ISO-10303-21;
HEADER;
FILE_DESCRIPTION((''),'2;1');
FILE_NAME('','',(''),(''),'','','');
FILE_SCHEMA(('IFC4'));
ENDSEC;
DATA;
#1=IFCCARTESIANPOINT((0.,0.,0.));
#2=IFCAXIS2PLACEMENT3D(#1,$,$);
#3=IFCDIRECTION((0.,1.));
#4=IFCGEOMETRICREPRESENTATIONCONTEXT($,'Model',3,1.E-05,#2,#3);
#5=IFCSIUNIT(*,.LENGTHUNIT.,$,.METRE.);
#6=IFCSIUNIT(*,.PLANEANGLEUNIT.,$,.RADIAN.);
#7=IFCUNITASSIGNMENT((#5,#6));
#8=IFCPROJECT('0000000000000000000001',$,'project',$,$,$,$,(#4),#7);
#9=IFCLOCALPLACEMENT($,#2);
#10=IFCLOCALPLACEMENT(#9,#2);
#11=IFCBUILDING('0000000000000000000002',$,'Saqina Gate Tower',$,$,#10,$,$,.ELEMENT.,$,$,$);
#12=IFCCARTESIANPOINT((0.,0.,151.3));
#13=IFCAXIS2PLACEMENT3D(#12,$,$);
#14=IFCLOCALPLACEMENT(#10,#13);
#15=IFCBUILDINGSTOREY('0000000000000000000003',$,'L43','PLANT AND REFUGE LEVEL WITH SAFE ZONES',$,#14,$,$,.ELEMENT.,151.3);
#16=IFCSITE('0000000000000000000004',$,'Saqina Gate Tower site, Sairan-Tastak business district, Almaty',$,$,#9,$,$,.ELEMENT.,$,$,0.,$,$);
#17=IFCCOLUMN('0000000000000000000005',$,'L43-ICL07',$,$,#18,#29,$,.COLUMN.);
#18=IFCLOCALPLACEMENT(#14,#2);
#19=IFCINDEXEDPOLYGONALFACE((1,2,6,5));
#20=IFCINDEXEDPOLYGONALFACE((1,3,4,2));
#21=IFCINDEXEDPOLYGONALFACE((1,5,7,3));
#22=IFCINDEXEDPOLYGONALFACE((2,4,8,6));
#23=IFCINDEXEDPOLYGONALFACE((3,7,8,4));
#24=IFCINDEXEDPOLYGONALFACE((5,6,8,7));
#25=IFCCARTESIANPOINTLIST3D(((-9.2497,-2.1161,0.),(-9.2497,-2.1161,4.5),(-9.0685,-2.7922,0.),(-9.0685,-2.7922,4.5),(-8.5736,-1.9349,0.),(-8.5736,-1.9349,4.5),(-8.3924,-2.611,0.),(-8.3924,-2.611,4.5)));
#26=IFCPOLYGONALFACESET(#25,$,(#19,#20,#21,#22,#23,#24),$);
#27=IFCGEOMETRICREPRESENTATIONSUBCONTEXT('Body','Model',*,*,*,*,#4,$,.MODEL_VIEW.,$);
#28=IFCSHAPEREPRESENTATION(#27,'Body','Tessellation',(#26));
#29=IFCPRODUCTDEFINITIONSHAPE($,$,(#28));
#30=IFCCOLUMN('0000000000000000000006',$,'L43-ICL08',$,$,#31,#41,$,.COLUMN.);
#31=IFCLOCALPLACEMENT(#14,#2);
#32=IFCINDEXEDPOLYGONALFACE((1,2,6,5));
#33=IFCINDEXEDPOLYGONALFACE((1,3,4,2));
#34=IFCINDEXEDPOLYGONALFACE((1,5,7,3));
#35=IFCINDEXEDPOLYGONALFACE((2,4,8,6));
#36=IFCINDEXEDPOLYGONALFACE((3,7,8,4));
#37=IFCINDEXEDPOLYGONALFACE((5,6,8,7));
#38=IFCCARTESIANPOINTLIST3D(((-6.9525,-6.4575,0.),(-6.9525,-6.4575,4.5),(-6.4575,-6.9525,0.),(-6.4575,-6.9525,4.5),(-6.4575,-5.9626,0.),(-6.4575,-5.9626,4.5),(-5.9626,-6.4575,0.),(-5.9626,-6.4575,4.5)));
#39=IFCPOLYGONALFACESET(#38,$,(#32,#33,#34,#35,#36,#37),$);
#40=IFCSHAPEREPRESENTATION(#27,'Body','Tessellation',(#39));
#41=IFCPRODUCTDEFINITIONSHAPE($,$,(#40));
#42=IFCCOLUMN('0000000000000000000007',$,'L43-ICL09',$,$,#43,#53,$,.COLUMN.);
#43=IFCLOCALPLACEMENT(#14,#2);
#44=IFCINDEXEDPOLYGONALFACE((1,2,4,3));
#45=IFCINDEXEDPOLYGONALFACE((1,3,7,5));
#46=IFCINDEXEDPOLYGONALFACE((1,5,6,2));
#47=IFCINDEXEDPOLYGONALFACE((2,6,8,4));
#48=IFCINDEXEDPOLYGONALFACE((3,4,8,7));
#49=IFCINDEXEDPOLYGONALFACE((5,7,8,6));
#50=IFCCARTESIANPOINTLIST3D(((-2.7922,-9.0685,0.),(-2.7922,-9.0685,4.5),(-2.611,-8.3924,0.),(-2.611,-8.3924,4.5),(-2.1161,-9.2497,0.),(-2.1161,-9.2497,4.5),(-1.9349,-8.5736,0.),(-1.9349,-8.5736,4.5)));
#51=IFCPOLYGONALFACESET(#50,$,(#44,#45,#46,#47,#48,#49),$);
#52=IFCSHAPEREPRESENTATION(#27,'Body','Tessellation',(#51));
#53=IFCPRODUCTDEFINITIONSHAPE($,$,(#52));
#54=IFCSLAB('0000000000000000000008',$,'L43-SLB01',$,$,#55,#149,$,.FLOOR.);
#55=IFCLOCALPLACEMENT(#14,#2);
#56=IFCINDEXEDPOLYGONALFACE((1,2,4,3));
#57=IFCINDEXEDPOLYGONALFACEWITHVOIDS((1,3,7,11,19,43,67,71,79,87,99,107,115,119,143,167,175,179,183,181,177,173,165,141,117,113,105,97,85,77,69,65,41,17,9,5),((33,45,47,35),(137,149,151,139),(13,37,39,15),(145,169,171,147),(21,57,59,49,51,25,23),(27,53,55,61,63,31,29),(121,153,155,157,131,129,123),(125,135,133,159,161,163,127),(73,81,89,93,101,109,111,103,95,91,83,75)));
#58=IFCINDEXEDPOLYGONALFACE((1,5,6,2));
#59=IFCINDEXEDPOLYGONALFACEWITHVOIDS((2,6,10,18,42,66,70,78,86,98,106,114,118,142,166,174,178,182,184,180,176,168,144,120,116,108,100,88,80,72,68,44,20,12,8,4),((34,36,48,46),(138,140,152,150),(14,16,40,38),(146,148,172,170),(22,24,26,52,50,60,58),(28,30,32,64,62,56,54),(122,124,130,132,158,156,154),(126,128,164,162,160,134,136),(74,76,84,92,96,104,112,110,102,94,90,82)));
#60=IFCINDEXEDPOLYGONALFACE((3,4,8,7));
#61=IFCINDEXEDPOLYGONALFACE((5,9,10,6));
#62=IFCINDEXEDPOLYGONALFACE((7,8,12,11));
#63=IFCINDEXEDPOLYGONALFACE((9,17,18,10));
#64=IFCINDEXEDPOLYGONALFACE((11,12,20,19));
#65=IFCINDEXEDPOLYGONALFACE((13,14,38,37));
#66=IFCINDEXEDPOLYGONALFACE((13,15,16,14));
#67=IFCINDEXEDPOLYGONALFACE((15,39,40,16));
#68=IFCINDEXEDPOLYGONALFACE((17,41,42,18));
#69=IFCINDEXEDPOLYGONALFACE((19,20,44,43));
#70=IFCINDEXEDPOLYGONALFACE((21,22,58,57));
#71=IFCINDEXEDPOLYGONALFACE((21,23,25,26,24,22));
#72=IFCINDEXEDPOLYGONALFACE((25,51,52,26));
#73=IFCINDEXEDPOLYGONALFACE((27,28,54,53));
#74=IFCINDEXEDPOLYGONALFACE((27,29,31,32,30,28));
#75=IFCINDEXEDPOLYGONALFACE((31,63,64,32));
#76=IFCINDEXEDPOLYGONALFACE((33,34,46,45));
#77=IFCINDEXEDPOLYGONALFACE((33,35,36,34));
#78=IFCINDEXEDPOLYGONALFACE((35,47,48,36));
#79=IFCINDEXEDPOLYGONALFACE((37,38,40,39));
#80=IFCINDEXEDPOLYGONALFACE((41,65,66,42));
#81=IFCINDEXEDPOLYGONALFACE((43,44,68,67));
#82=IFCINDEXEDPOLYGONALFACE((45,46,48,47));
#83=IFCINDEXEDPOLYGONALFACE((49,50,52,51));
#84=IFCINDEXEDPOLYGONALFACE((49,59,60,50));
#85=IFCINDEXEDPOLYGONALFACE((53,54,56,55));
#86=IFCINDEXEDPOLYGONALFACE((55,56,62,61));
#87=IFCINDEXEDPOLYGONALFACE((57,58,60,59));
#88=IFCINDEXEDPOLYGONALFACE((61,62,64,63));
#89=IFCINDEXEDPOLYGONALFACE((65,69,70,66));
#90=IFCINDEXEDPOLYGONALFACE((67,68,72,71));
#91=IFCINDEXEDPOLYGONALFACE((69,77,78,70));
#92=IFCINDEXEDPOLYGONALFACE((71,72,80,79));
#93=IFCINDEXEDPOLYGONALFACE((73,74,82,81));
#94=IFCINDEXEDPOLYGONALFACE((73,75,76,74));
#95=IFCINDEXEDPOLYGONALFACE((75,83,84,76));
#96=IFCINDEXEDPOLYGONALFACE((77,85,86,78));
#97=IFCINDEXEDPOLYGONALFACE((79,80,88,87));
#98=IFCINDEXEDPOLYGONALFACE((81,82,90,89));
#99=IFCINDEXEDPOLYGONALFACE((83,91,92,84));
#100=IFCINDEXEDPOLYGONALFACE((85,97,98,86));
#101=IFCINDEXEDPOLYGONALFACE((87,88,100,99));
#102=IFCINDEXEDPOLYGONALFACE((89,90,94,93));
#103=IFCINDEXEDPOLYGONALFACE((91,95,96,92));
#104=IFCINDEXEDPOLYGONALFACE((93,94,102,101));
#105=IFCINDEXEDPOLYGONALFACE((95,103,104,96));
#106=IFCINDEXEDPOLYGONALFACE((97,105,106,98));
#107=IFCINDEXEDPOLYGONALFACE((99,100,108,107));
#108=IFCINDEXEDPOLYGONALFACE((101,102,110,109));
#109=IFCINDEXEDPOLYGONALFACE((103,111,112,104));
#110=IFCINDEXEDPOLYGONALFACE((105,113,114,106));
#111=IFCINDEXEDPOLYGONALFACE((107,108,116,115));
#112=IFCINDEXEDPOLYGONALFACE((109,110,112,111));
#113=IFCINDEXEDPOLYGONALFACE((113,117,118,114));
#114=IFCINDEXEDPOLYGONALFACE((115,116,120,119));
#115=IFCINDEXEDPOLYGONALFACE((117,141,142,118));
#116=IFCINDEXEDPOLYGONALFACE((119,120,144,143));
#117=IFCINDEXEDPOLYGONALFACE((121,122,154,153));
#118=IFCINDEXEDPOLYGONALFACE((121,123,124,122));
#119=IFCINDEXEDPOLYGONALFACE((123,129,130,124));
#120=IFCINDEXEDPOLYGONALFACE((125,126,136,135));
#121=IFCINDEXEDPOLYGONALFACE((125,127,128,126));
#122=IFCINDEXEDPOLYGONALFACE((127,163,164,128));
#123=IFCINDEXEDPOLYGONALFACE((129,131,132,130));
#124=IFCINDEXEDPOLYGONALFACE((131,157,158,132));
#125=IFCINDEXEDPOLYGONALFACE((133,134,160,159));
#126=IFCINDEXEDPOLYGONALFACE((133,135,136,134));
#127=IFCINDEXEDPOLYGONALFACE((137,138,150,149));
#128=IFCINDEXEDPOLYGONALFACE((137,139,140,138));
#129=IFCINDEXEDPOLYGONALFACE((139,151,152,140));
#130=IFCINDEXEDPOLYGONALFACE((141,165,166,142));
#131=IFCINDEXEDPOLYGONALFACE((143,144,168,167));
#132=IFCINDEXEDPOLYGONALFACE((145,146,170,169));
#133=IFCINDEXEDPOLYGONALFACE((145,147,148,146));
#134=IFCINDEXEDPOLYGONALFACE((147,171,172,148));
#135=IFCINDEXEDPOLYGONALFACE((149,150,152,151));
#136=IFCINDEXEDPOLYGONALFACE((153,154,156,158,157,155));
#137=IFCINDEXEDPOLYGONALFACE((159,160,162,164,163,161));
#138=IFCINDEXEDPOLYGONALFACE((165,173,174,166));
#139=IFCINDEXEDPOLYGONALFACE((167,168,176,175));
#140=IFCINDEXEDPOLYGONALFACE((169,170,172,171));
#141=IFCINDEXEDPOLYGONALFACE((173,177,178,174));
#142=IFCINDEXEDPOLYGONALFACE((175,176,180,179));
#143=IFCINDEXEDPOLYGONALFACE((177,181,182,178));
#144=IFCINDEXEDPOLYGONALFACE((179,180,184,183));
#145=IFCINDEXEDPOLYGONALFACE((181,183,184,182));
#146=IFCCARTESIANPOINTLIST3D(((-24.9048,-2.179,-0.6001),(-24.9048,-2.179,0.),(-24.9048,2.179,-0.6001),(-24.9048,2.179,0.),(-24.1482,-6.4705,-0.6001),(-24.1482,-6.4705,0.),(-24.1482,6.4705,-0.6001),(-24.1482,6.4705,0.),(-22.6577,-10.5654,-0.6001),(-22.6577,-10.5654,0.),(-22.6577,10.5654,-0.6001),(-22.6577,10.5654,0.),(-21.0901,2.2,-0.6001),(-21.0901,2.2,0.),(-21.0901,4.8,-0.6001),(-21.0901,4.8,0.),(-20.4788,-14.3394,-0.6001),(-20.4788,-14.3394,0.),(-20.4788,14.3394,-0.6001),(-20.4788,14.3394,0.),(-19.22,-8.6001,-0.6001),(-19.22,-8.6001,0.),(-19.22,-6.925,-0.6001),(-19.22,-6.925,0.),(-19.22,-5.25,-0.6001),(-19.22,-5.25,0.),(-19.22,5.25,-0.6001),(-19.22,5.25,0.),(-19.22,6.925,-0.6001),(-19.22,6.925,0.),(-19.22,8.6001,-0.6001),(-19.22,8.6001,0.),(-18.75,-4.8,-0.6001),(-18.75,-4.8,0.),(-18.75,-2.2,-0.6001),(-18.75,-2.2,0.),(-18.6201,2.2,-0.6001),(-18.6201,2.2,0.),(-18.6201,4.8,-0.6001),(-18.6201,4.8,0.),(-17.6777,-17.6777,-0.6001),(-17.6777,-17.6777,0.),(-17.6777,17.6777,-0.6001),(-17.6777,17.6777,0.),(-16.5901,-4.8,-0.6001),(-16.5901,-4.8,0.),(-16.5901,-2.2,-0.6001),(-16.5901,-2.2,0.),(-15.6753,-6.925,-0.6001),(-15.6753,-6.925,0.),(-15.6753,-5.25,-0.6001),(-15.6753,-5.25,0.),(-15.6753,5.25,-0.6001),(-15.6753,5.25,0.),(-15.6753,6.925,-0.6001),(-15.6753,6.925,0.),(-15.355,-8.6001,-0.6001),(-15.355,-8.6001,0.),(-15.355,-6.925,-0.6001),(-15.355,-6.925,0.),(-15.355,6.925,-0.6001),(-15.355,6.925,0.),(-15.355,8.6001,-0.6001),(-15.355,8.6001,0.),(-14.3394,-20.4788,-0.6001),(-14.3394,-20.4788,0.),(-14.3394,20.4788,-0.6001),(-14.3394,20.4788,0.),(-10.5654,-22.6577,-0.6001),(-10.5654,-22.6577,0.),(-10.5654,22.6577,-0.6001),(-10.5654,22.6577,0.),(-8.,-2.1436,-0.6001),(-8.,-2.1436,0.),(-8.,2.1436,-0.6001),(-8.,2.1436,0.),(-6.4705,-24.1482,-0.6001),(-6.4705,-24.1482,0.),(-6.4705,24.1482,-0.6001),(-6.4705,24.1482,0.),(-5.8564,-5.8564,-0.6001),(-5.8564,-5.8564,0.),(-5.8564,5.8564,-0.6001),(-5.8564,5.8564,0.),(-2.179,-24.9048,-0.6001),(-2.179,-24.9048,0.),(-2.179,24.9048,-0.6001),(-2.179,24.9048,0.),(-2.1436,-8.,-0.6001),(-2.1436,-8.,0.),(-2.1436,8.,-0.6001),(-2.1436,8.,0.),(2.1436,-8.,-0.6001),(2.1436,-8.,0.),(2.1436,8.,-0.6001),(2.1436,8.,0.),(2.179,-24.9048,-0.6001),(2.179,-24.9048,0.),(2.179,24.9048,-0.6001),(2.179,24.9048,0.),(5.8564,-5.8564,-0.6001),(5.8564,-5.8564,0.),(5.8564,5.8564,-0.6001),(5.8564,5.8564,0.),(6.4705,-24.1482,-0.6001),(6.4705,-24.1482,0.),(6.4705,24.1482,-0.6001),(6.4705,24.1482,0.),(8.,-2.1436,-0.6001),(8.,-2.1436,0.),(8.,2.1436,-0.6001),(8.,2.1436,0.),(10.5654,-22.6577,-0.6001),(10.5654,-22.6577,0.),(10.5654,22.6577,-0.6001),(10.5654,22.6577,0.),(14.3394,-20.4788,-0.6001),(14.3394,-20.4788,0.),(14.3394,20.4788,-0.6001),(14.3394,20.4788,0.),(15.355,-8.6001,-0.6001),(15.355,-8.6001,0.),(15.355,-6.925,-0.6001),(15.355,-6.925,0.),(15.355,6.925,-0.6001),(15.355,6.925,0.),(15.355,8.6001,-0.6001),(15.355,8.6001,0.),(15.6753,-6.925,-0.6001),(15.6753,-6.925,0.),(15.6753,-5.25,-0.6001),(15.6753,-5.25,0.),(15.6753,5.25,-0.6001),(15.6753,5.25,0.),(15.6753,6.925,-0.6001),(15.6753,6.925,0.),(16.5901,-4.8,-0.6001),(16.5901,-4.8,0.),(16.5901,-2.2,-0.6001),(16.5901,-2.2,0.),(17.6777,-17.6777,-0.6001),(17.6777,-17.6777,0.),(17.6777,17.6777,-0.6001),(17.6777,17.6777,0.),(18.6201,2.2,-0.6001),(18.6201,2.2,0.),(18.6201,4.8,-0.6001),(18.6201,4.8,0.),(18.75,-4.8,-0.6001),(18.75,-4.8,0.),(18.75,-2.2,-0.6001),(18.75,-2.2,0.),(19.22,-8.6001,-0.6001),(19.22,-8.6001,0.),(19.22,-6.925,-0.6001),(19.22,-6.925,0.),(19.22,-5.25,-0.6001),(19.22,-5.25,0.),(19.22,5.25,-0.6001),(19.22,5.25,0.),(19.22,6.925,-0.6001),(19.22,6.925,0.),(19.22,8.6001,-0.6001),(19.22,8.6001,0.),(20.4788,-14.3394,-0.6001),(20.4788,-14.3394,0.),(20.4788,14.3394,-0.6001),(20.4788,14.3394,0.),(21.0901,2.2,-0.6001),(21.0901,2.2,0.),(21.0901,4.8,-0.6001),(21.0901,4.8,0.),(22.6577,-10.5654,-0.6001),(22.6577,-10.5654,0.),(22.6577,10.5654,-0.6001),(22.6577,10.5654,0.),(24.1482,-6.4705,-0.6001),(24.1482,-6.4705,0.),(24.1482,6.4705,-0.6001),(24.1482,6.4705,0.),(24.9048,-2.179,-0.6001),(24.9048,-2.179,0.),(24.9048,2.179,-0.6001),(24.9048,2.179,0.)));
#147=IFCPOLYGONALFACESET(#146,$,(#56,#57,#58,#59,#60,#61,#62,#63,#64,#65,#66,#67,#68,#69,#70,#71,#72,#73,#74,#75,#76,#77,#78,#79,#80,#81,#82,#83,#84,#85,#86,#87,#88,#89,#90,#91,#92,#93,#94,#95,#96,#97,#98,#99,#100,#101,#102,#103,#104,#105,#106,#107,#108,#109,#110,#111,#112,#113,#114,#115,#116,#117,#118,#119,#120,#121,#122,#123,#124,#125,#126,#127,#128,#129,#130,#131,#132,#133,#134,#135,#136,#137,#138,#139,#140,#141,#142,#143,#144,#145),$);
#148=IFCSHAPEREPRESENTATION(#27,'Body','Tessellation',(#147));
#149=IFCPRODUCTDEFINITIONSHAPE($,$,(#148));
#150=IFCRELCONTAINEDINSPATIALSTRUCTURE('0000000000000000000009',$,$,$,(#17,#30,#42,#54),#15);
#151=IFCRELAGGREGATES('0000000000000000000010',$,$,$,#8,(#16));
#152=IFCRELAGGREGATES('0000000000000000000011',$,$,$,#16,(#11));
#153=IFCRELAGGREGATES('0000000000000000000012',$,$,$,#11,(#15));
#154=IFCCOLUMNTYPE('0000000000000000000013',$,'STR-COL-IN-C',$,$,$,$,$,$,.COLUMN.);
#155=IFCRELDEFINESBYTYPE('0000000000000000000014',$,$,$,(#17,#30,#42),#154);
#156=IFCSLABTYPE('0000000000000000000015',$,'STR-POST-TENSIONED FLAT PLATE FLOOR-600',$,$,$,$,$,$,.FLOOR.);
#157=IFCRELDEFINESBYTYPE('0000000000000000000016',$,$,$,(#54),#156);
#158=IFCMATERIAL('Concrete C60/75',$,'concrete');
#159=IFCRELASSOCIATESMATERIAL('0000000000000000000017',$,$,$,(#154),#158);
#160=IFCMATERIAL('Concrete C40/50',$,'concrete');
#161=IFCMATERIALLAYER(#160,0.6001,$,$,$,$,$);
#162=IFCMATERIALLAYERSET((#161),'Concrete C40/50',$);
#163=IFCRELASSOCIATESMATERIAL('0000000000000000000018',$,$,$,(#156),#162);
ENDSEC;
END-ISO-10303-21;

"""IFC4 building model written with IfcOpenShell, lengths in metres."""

from ifc_helpers import new_model, si_unit, direction, frame, origin, origin_2d, place, context, subcontext, project, spatial, polyline, rectangle, outline, extrude, material, layer, layer_set, material_profile, profile_set, type_object, element, save


model = new_model("IFC4")

# Units and contexts
model_context = context("Model", 3, precision=1e-05, world=origin(), true_north=direction((0.0, 1.0)))
body_context = subcontext(model_context, "Body", "Model", "MODEL_VIEW")
ifc_project = project(units=[si_unit("LENGTHUNIT", "METRE"), si_unit("PLANEANGLEUNIT", "RADIAN")], contexts=[model_context])

# Site, building, storey
site_placement = place(None, origin())
site = spatial("IfcSite", under=ifc_project, at=site_placement, Name="Saqina Gate Tower site, Sairan-Tastak business district, Almaty", CompositionType="ELEMENT", RefElevation=0.0)
building_placement = place(site_placement, origin())
building = spatial("IfcBuilding", under=site, at=building_placement, Name="Saqina Gate Tower", CompositionType="ELEMENT")
storey_placement = place(building_placement, frame((0.0, 0.0, 151.3)))
storey = spatial("IfcBuildingStorey", under=building, at=storey_placement, Name="L43", Description="PLANT AND REFUGE LEVEL WITH SAFE ZONES", CompositionType="ELEMENT", Elevation=151.3)

# Columns
ifc_material_1 = material(Name="Concrete C60/75", Category="concrete")
ifc_material_profile = material_profile(ifc_material_1, rectangle(XDim=0.7, YDim=0.7, at=origin_2d()), Name="RC 700x700")
ifc_profile_set = profile_set([ifc_material_profile], Name="Concrete C60/75")
column_type = type_object("IfcColumnType", Name="STR-COL-IN-C", PredefinedType="COLUMN", material=ifc_profile_set)
for number, where, z_axis, x_axis, name in (
    (1, (-8.821, -2.3635, 0.0), (0.0, 0.0, 1.0), (-0.965926, -0.258819, 0.0), "L43-ICL07"),
    (2, (-6.4575, -6.4575, 0.0), (0.0, 0.0, 1.0), (-0.707107, -0.707107, 0.0), "L43-ICL08"),
    (3, (-2.3635, -8.821, 0.0), (0.0, 0.0, 1.0), (-0.258819, -0.965926, 0.0), "L43-ICL09"),
):
    element("IfcColumn", number, at=place(storey_placement, frame(where, z_axis=z_axis, x_axis=x_axis)), inside=storey, type_object=column_type, Name=name, PredefinedType="COLUMN", context=body_context, shape_type="SweptSolid", body=[
        extrude(rectangle(XDim=0.7, YDim=0.7, at=origin_2d()), origin(), (0.0, 0.0, 1.0), 4.5),
    ])

# Slab
ifc_material_2 = material(Name="Concrete C40/50", Category="concrete")
ifc_layer_1 = layer(ifc_material_2, 0.6001)
ifc_layer_set_1 = layer_set([ifc_layer_1], Name="Concrete C40/50")
slab_type_1 = type_object("IfcSlabType", Name="STR-POST-TENSIONED FLAT PLATE FLOOR-600", PredefinedType="FLOOR", material=ifc_layer_set_1)
slab_1_placement = place(storey_placement, frame((0.0, 0.0, -0.6001)))
element("IfcSlab", 4, at=slab_1_placement, inside=storey, type_object=slab_type_1, Name="L43-SLB01", PredefinedType="FLOOR", context=body_context, shape_type="SweptSolid", body=[
    extrude(outline(polyline([(24.1482, -6.4705), (24.9048, -2.179), (24.9048, 2.179), (24.1482, 6.4705), (22.6577, 10.5654), (20.4788, 14.3394), (17.6777, 17.6777), (14.3394, 20.4788), (10.5654, 22.6577), (6.4705, 24.1482), (2.179, 24.9048), (-2.179, 24.9048), (-6.4705, 24.1482), (-10.5654, 22.6577), (-14.3394, 20.4788), (-17.6777, 17.6777), (-20.4788, 14.3394), (-22.6577, 10.5654), (-24.1482, 6.4705), (-24.9048, 2.179), (-24.9048, -2.179), (-24.1482, -6.4705), (-22.6577, -10.5654), (-20.4788, -14.3394), (-17.6777, -17.6777), (-14.3394, -20.4788), (-10.5654, -22.6577), (-6.4705, -24.1482), (-2.179, -24.9048), (2.179, -24.9048), (6.4705, -24.1482), (10.5654, -22.6577), (14.3394, -20.4788), (17.6777, -17.6777), (20.4788, -14.3394), (22.6577, -10.5654), (24.1482, -6.4705)]), holes=[polyline([(2.1436, 8.0), (5.8564, 5.8564), (8.0, 2.1436), (8.0, -2.1436), (5.8564, -5.8564), (2.1436, -8.0), (-2.1436, -8.0), (-5.8564, -5.8564), (-8.0, -2.1436), (-8.0, 2.1436), (-5.8564, 5.8564), (-2.1436, 8.0), (2.1436, 8.0)]), polyline([(-15.355, -8.6001), (-19.22, -8.6001), (-19.22, -6.925), (-19.22, -5.25), (-15.6753, -5.25), (-15.6753, -6.925), (-15.355, -6.925), (-15.355, -8.6001)]), polyline([(-16.5901, -2.2), (-16.5901, -4.8), (-18.75, -4.8), (-18.75, -2.2), (-16.5901, -2.2)]), polyline([(-21.0901, 4.8), (-18.6201, 4.8), (-18.6201, 2.2), (-21.0901, 2.2), (-21.0901, 4.8)]), polyline([(-19.22, 6.925), (-19.22, 8.6001), (-15.355, 8.6001), (-15.355, 6.925), (-15.6753, 6.925), (-15.6753, 5.25), (-19.22, 5.25), (-19.22, 6.925)]), polyline([(15.355, -8.6001), (15.355, -6.925), (15.6753, -6.925), (15.6753, -5.25), (19.22, -5.25), (19.22, -6.925), (19.22, -8.6001), (15.355, -8.6001)]), polyline([(18.75, -2.2), (18.75, -4.8), (16.5901, -4.8), (16.5901, -2.2), (18.75, -2.2)]), polyline([(18.6201, 4.8), (21.0901, 4.8), (21.0901, 2.2), (18.6201, 2.2), (18.6201, 4.8)]), polyline([(15.6753, 6.925), (15.355, 6.925), (15.355, 8.6001), (19.22, 8.6001), (19.22, 6.925), (19.22, 5.25), (15.6753, 5.25), (15.6753, 6.925)])]), origin(), (0.0, 0.0, 1.0), 0.6001),
])

save(model, "model.ifc")
